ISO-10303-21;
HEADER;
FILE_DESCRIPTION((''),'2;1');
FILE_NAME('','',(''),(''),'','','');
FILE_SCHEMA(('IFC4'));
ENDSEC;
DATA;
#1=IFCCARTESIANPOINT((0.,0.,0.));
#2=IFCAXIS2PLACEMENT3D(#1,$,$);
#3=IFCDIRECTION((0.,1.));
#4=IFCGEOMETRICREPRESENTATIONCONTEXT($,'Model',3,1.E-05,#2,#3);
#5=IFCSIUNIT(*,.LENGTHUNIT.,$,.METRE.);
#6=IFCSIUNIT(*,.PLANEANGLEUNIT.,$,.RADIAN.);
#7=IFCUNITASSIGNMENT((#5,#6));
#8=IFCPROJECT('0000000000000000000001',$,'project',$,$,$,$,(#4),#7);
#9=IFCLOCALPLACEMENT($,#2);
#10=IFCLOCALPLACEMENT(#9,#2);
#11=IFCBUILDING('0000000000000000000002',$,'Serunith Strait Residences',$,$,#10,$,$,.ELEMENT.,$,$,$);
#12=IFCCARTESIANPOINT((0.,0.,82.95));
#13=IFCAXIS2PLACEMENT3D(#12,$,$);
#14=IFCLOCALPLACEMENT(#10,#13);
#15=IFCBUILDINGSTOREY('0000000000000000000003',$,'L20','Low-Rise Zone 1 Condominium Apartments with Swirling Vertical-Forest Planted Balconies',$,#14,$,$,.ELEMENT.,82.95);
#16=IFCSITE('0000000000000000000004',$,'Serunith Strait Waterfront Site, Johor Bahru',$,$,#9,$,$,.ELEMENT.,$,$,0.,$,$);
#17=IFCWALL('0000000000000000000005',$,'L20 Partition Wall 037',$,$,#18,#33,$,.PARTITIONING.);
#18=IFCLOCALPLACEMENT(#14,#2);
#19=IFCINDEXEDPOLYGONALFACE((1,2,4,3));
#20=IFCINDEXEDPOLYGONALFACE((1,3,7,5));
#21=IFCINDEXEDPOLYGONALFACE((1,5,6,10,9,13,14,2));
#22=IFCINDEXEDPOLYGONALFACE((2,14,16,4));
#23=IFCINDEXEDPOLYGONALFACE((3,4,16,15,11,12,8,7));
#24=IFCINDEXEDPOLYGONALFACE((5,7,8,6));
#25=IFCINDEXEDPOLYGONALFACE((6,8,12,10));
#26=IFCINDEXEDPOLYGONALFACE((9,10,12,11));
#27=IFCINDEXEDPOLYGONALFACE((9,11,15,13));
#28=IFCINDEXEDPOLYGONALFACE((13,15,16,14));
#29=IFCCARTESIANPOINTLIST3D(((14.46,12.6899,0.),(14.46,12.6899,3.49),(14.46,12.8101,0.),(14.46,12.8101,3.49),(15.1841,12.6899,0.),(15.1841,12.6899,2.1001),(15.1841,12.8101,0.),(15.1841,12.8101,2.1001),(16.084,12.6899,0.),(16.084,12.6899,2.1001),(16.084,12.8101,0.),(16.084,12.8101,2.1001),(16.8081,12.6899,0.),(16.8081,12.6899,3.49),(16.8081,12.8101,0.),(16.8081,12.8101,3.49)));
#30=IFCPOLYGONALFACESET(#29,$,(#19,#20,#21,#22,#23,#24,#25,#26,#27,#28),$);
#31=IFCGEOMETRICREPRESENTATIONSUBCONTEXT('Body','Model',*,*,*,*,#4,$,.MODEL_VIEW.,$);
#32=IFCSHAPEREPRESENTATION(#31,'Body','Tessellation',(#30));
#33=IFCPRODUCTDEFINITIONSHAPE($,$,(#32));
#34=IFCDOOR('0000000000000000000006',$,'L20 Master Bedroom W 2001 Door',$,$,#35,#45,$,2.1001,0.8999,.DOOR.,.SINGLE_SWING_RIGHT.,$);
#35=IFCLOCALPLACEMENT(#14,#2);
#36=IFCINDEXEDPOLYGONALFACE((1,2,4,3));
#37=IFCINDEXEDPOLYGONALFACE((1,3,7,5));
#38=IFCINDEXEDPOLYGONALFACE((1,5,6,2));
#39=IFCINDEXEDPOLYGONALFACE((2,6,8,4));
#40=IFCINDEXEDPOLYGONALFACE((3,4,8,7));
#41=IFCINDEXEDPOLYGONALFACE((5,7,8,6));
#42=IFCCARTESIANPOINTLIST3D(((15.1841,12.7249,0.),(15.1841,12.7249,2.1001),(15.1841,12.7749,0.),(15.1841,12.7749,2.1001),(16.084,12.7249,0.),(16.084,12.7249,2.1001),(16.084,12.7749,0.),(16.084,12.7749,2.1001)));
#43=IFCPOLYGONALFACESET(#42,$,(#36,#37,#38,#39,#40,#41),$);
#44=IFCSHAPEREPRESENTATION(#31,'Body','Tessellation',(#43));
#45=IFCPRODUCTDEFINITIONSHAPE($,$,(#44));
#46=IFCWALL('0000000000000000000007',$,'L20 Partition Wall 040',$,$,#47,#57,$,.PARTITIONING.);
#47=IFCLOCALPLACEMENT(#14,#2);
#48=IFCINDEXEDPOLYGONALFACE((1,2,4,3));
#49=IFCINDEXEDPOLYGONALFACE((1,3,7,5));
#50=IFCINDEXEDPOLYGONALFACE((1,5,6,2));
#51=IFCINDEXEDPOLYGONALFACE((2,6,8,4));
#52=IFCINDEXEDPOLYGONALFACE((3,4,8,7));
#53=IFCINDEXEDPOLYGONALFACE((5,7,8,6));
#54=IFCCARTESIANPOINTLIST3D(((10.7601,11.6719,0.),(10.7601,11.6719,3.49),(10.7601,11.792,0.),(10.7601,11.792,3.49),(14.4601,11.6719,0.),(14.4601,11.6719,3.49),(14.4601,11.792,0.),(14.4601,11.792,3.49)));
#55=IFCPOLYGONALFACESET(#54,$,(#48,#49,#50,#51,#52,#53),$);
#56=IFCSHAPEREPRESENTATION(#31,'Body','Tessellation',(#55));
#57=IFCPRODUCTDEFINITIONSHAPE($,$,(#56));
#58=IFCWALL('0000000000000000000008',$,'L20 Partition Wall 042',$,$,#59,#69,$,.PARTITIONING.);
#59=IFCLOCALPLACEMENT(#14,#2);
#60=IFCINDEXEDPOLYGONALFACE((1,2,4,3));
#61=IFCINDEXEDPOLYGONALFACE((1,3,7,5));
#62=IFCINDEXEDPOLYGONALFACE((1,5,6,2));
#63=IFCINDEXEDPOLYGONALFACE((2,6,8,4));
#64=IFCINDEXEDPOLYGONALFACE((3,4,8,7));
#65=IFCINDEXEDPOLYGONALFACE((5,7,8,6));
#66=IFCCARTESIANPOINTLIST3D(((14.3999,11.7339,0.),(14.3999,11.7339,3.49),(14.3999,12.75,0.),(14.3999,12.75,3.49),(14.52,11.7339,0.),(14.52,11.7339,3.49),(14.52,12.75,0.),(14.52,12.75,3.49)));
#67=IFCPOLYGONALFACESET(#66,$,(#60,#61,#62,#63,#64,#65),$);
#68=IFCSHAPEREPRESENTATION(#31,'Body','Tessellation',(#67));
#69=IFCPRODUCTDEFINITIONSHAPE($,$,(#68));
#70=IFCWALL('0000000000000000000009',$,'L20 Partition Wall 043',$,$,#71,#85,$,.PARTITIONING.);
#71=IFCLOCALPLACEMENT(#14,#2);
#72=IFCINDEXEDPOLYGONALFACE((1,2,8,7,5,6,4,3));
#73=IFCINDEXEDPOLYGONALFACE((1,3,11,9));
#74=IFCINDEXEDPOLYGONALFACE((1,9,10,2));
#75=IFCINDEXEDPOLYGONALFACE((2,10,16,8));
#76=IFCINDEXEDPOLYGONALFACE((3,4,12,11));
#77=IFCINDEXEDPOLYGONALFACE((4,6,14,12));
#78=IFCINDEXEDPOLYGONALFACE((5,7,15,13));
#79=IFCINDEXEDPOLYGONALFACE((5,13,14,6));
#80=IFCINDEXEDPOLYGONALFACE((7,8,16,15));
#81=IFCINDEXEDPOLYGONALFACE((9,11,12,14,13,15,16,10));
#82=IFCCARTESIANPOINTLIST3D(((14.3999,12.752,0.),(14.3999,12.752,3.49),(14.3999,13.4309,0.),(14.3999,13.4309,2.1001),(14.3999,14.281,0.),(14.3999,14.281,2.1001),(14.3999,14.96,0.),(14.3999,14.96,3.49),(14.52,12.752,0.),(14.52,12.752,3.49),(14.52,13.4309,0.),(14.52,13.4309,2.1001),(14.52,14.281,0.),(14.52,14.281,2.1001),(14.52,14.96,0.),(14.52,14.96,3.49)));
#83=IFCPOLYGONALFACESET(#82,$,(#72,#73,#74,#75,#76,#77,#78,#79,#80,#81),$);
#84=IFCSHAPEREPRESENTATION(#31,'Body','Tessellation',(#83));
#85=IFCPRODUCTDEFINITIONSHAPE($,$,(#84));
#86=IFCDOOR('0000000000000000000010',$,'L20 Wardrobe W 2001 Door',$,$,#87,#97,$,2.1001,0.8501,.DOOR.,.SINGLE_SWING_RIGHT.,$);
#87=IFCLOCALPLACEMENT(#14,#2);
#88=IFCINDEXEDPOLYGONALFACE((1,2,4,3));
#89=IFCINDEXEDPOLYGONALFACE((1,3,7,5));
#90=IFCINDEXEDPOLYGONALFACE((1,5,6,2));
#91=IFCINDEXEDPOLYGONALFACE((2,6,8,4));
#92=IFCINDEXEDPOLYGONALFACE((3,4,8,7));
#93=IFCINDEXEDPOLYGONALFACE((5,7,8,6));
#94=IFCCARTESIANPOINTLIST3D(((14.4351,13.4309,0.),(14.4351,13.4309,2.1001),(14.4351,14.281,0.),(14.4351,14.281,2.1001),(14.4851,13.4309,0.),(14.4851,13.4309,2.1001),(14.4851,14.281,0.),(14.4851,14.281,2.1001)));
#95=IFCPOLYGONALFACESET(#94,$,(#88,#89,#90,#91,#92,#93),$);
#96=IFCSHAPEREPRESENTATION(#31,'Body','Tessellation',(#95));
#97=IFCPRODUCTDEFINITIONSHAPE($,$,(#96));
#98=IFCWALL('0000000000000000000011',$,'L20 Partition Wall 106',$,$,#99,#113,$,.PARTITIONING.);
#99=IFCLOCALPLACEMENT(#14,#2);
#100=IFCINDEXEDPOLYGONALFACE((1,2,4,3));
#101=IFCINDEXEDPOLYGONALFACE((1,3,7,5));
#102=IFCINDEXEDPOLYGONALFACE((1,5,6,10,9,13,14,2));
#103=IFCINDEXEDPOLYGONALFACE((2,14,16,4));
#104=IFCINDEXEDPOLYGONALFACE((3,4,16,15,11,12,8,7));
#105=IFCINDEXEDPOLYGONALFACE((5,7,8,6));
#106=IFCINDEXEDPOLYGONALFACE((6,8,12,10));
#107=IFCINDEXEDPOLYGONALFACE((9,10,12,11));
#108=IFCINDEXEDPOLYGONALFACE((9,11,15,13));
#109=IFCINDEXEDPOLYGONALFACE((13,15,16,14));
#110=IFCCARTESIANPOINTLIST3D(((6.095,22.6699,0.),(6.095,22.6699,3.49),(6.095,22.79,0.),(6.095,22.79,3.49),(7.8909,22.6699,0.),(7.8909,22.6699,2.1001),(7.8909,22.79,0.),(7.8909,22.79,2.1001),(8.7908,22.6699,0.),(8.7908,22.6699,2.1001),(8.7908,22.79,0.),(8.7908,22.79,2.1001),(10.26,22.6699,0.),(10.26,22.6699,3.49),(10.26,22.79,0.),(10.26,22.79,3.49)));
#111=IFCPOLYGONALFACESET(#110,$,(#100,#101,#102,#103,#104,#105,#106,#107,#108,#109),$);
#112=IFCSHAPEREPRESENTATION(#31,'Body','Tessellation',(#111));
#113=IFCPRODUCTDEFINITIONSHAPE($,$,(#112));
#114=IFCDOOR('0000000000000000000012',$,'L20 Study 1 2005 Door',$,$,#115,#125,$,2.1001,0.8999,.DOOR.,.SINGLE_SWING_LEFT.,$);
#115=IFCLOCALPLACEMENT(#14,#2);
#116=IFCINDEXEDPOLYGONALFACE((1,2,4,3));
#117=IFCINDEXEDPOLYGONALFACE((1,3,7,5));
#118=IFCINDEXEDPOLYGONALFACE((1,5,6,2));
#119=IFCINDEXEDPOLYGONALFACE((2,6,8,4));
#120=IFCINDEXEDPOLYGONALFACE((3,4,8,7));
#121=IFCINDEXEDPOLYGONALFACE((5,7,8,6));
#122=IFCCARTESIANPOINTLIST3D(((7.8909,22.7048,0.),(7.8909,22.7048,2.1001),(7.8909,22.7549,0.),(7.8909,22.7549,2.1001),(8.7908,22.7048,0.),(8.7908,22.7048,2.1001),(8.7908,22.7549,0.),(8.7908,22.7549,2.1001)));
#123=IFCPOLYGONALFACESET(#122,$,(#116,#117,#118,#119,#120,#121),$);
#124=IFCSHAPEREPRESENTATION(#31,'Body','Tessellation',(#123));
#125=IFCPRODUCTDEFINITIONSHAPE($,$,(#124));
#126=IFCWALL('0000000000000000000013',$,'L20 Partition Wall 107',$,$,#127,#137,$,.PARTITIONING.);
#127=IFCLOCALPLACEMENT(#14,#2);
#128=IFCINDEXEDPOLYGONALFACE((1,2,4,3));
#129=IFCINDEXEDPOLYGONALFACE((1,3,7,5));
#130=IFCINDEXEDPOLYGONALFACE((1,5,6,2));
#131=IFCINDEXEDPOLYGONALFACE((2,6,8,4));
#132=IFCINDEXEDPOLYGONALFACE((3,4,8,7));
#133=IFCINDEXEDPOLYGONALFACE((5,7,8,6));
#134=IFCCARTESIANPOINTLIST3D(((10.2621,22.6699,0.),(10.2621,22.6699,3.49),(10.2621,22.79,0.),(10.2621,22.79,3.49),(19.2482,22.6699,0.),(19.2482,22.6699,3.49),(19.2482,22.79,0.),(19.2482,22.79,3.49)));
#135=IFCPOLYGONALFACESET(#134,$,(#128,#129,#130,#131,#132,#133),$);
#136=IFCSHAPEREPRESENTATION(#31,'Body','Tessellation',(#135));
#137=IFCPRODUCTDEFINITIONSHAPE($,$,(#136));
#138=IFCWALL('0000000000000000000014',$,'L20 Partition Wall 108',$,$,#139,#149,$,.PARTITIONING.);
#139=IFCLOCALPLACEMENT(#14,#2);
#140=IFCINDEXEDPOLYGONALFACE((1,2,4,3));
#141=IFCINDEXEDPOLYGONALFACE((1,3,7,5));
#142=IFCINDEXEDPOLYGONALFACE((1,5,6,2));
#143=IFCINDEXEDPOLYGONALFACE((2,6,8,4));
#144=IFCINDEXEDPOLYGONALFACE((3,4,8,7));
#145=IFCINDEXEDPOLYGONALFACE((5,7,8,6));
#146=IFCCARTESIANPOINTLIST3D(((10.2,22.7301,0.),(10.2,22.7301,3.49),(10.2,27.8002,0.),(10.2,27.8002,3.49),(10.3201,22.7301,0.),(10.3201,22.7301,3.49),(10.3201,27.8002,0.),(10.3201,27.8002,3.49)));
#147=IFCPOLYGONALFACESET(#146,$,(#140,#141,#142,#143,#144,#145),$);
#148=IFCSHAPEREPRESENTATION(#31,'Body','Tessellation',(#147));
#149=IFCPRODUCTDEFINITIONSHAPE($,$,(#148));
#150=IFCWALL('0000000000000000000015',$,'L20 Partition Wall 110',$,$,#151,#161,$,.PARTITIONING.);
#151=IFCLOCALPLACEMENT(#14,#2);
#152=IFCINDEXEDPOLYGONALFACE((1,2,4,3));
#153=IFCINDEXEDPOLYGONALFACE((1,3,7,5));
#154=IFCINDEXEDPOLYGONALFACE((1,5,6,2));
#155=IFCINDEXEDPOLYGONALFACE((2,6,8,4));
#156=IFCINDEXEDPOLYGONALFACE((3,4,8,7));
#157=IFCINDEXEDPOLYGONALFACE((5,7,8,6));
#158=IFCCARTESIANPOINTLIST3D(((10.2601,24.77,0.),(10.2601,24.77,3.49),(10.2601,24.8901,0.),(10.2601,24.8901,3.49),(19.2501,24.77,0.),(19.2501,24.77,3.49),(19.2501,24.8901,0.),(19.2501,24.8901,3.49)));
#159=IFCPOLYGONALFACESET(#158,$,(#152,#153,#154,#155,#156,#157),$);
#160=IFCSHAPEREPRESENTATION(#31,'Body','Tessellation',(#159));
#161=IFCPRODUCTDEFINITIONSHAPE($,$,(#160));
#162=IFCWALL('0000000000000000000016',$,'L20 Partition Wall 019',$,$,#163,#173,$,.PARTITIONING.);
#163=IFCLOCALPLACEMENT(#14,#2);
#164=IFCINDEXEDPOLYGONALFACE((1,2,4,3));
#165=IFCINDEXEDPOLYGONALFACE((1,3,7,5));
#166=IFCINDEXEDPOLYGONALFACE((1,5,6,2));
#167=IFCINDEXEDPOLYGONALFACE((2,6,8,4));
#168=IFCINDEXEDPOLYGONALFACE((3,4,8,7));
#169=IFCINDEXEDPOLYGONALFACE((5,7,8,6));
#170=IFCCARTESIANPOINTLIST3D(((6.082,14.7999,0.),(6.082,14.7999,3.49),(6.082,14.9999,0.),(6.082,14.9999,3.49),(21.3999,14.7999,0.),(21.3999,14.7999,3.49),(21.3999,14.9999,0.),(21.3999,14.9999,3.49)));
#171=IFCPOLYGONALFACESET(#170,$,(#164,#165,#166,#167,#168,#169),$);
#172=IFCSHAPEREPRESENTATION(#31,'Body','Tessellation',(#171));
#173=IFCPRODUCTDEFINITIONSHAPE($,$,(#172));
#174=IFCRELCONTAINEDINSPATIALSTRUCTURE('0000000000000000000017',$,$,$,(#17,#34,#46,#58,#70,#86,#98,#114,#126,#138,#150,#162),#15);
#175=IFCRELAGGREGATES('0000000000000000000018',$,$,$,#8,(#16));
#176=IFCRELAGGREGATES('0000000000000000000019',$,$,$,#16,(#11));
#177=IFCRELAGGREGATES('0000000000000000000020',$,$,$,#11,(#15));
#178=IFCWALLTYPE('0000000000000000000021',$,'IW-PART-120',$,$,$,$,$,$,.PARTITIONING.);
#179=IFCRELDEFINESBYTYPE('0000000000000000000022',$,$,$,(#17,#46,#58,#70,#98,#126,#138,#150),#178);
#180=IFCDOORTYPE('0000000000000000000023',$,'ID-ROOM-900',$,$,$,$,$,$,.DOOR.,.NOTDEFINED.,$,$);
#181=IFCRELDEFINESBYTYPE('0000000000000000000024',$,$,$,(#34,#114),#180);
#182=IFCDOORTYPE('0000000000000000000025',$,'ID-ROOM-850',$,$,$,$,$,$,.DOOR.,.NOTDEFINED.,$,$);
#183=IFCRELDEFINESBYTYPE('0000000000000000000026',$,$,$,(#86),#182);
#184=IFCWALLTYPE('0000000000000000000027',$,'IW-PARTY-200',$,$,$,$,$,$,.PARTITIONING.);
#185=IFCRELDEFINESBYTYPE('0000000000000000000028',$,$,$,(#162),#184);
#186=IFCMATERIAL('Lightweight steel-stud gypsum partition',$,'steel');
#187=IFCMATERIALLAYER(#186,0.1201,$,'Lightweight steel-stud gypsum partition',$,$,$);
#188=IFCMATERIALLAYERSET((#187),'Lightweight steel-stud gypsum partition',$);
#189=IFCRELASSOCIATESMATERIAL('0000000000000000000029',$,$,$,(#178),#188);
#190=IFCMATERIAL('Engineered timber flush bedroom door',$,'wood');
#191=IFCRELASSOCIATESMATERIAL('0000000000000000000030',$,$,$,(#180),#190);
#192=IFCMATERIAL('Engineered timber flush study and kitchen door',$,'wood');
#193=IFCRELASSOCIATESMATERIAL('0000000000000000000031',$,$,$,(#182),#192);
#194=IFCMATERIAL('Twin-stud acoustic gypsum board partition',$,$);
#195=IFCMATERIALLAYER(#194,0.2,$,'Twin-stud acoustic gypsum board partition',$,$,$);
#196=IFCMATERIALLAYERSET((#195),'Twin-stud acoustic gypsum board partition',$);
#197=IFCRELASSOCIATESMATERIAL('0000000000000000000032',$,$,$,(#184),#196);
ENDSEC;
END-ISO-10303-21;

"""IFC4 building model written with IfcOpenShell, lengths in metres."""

from ifc_helpers import new_model, si_unit, direction, frame, frame_2d, origin, place, context, subcontext, project, spatial, rectangle, extrude, source, transform, mapped, material, layer, layer_set, type_object, element, fill, save


model = new_model("IFC4")

# Units and contexts
model_context = context("Model", 3, precision=1e-05, world=origin(), true_north=direction((0.0, 1.0)))
body_context = subcontext(model_context, "Body", "Model", "MODEL_VIEW")
ifc_project = project(units=[si_unit("LENGTHUNIT", "METRE"), si_unit("PLANEANGLEUNIT", "RADIAN")], contexts=[model_context])

# Site, building, storey
site_placement = place(None, origin())
site = spatial("IfcSite", under=ifc_project, at=site_placement, Name="Serunith Strait Waterfront Site, Johor Bahru", CompositionType="ELEMENT", RefElevation=0.0)
building_placement = place(site_placement, origin())
building = spatial("IfcBuilding", under=site, at=building_placement, Name="Serunith Strait Residences", CompositionType="ELEMENT")
storey_placement = place(building_placement, frame((0.0, 0.0, 82.95)))
storey = spatial("IfcBuildingStorey", under=building, at=storey_placement, Name="L20", Description="Low-Rise Zone 1 Condominium Apartments with Swirling Vertical-Forest Planted Balconies", CompositionType="ELEMENT", Elevation=82.95)

# Wall, opening, door
ifc_material_1 = material(Name="Lightweight steel-stud gypsum partition", Category="steel")
ifc_layer_1 = layer(ifc_material_1, 0.1201, Name="Lightweight steel-stud gypsum partition")
ifc_layer_set_1 = layer_set([ifc_layer_1], Name="Lightweight steel-stud gypsum partition")
wall_type_1 = type_object("IfcWallType", Name="IW-PART-120", PredefinedType="PARTITIONING", material=ifc_layer_set_1)
wall_1_placement = place(storey_placement, frame((14.46, 12.75, 0.0), z_axis=(0.0, 0.0, 1.0), x_axis=(1.0, 0.0, 0.0)))
wall_1 = element("IfcWall", 1, at=wall_1_placement, inside=storey, type_object=wall_type_1, Name="L20 Partition Wall 037", PredefinedType="PARTITIONING", context=body_context, shape_type="SweptSolid", body=[
    extrude(rectangle(XDim=2.3481, YDim=0.1201, at=frame_2d((1.1741, 0.0))), origin(), (0.0, 0.0, 1.0), 3.49),
])
opening_1_placement = place(wall_1_placement, frame((0.7241, 0.0, 0.0)))
opening_1 = element("IfcOpeningElement", 2, at=opening_1_placement, cuts=wall_1, PredefinedType="OPENING", context=body_context, shape_type="SweptSolid", body=[
    extrude(rectangle(XDim=0.8999, YDim=2.1001, at=frame_2d((0.45, 1.05))), frame((0.0, 0.0701, 0.0), z_axis=(0.0, -1.0, 0.0), x_axis=(1.0, 0.0, 0.0)), (0.0, 0.0, 1.0), 0.1401),
])
ifc_material_2 = material(Name="Engineered timber flush bedroom door", Category="wood")
door_type_1 = type_object("IfcDoorType", Name="ID-ROOM-900", OperationType="NOTDEFINED", PredefinedType="DOOR", material=ifc_material_2)
shared_shape_1 = source(origin(), body_context, "Body", "SweptSolid", [
    extrude(rectangle(XDim=0.8999, YDim=2.1001, at=frame_2d((0.45, 1.05))), frame((0.0, 0.0249, 0.0), z_axis=(0.0, -1.0, 0.0), x_axis=(1.0, 0.0, 0.0)), (0.0, 0.0, 1.0), 0.05),
])
door_1_placement = place(opening_1_placement, origin())
door_1 = element("IfcDoor", 3, at=door_1_placement, inside=storey, type_object=door_type_1, Name="L20 Master Bedroom W 2001 Door", OperationType="SINGLE_SWING_RIGHT", OverallHeight=2.1001, OverallWidth=0.8999, PredefinedType="DOOR", context=body_context, shape_type="MappedRepresentation", body=[
    mapped(shared_shape_1, transform((0.0, 0.0, 0.0), scale=1.0)),
])
fill(opening_1, door_1)

# Walls
wall_2_placement = place(storey_placement, frame((10.76, 11.7319, 0.0), z_axis=(0.0, 0.0, 1.0), x_axis=(1.0, 0.0, 0.0)))
element("IfcWall", 4, at=wall_2_placement, inside=storey, type_object=wall_type_1, Name="L20 Partition Wall 040", PredefinedType="PARTITIONING", context=body_context, shape_type="SweptSolid", body=[
    extrude(rectangle(XDim=3.7, YDim=0.1201, at=frame_2d((1.8501, 0.0))), origin(), (0.0, 0.0, 1.0), 3.49),
])
wall_3_placement = place(storey_placement, frame((14.46, 11.7339, 0.0), z_axis=(0.0, 0.0, 1.0), x_axis=(0.0, 1.0, 0.0)))
element("IfcWall", 5, at=wall_3_placement, inside=storey, type_object=wall_type_1, Name="L20 Partition Wall 042", PredefinedType="PARTITIONING", context=body_context, shape_type="SweptSolid", body=[
    extrude(rectangle(XDim=1.0161, YDim=0.1201, at=frame_2d((0.5081, 0.0))), origin(), (0.0, 0.0, 1.0), 3.49),
])

# Walls, openings, doors
wall_4_placement = place(storey_placement, frame((14.46, 12.752, 0.0), z_axis=(0.0, 0.0, 1.0), x_axis=(0.0, 1.0, 0.0)))
wall_4 = element("IfcWall", 6, at=wall_4_placement, inside=storey, type_object=wall_type_1, Name="L20 Partition Wall 043", PredefinedType="PARTITIONING", context=body_context, shape_type="SweptSolid", body=[
    extrude(rectangle(XDim=2.208, YDim=0.1201, at=frame_2d((1.104, 0.0))), origin(), (0.0, 0.0, 1.0), 3.49),
])
opening_2_placement = place(wall_4_placement, frame((0.679, 0.0, 0.0)))
opening_2 = element("IfcOpeningElement", 7, at=opening_2_placement, cuts=wall_4, PredefinedType="OPENING", context=body_context, shape_type="SweptSolid", body=[
    extrude(rectangle(XDim=0.8501, YDim=2.1001, at=frame_2d((0.425, 1.05))), frame((0.0, 0.0701, 0.0), z_axis=(0.0, -1.0, 0.0), x_axis=(1.0, 0.0, 0.0)), (0.0, 0.0, 1.0), 0.1401),
])
ifc_material_3 = material(Name="Engineered timber flush study and kitchen door", Category="wood")
door_type_2 = type_object("IfcDoorType", Name="ID-ROOM-850", OperationType="NOTDEFINED", PredefinedType="DOOR", material=ifc_material_3)
shared_shape_2 = source(origin(), body_context, "Body", "SweptSolid", [
    extrude(rectangle(XDim=0.8501, YDim=2.1001, at=frame_2d((0.425, 1.05))), frame((0.0, 0.0249, 0.0), z_axis=(0.0, -1.0, 0.0), x_axis=(1.0, 0.0, 0.0)), (0.0, 0.0, 1.0), 0.05),
])
door_2_placement = place(opening_2_placement, origin())
door_2 = element("IfcDoor", 8, at=door_2_placement, inside=storey, type_object=door_type_2, Name="L20 Wardrobe W 2001 Door", OperationType="SINGLE_SWING_RIGHT", OverallHeight=2.1001, OverallWidth=0.8501, PredefinedType="DOOR", context=body_context, shape_type="MappedRepresentation", body=[
    mapped(shared_shape_2, transform((0.0, 0.0, 0.0), scale=1.0)),
])
fill(opening_2, door_2)
wall_5_placement = place(storey_placement, frame((6.095, 22.73, 0.0), z_axis=(0.0, 0.0, 1.0), x_axis=(1.0, 0.0, 0.0)))
wall_5 = element("IfcWall", 9, at=wall_5_placement, inside=storey, type_object=wall_type_1, Name="L20 Partition Wall 106", PredefinedType="PARTITIONING", context=body_context, shape_type="SweptSolid", body=[
    extrude(rectangle(XDim=4.165, YDim=0.1201, at=frame_2d((2.0825, 0.0))), origin(), (0.0, 0.0, 1.0), 3.49),
])
opening_3_placement = place(wall_5_placement, frame((1.7959, 0.0, 0.0)))
opening_3 = element("IfcOpeningElement", 10, at=opening_3_placement, cuts=wall_5, PredefinedType="OPENING", context=body_context, shape_type="SweptSolid", body=[
    extrude(rectangle(XDim=0.8999, YDim=2.1001, at=frame_2d((0.45, 1.05))), frame((0.0, 0.0701, 0.0), z_axis=(0.0, -1.0, 0.0), x_axis=(1.0, 0.0, 0.0)), (0.0, 0.0, 1.0), 0.1401),
])
door_3_placement = place(opening_3_placement, origin())
door_3 = element("IfcDoor", 11, at=door_3_placement, inside=storey, type_object=door_type_1, Name="L20 Study 1 2005 Door", OperationType="SINGLE_SWING_LEFT", OverallHeight=2.1001, OverallWidth=0.8999, PredefinedType="DOOR", context=body_context, shape_type="MappedRepresentation", body=[
    mapped(shared_shape_1, transform((0.0, 0.0, 0.0), scale=1.0)),
])
fill(opening_3, door_3)

# Walls
wall_6_placement = place(storey_placement, frame((10.262, 22.73, 0.0), z_axis=(0.0, 0.0, 1.0), x_axis=(1.0, 0.0, 0.0)))
element("IfcWall", 12, at=wall_6_placement, inside=storey, type_object=wall_type_1, Name="L20 Partition Wall 107", PredefinedType="PARTITIONING", context=body_context, shape_type="SweptSolid", body=[
    extrude(rectangle(XDim=8.9861, YDim=0.1201, at=frame_2d((4.4932, 0.0))), origin(), (0.0, 0.0, 1.0), 3.49),
])
wall_7_placement = place(storey_placement, frame((10.26, 22.73, 0.0), z_axis=(0.0, 0.0, 1.0), x_axis=(0.0, 1.0, 0.0)))
element("IfcWall", 13, at=wall_7_placement, inside=storey, type_object=wall_type_1, Name="L20 Partition Wall 108", PredefinedType="PARTITIONING", context=body_context, shape_type="SweptSolid", body=[
    extrude(rectangle(XDim=5.0701, YDim=0.1201, at=frame_2d((2.5352, 0.0))), origin(), (0.0, 0.0, 1.0), 3.49),
])
wall_8_placement = place(storey_placement, frame((10.26, 24.8301, 0.0), z_axis=(0.0, 0.0, 1.0), x_axis=(1.0, 0.0, 0.0)))
element("IfcWall", 14, at=wall_8_placement, inside=storey, type_object=wall_type_1, Name="L20 Partition Wall 110", PredefinedType="PARTITIONING", context=body_context, shape_type="SweptSolid", body=[
    extrude(rectangle(XDim=8.99, YDim=0.1201, at=frame_2d((4.4951, 0.0))), origin(), (0.0, 0.0, 1.0), 3.49),
])
ifc_material_4 = material(Name="Twin-stud acoustic gypsum board partition")
ifc_layer_2 = layer(ifc_material_4, 0.2, Name="Twin-stud acoustic gypsum board partition")
ifc_layer_set_2 = layer_set([ifc_layer_2], Name="Twin-stud acoustic gypsum board partition")
wall_type_2 = type_object("IfcWallType", Name="IW-PARTY-200", PredefinedType="PARTITIONING", material=ifc_layer_set_2)
wall_9_placement = place(storey_placement, frame((6.082, 14.8999, 0.0), z_axis=(0.0, 0.0, 1.0), x_axis=(1.0, 0.0, 0.0)))
element("IfcWall", 15, at=wall_9_placement, inside=storey, type_object=wall_type_2, Name="L20 Partition Wall 019", PredefinedType="PARTITIONING", context=body_context, shape_type="SweptSolid", body=[
    extrude(rectangle(XDim=15.3179, YDim=0.2, at=frame_2d((7.6589, 0.0))), origin(), (0.0, 0.0, 1.0), 3.49),
])

save(model, "model.ifc")
